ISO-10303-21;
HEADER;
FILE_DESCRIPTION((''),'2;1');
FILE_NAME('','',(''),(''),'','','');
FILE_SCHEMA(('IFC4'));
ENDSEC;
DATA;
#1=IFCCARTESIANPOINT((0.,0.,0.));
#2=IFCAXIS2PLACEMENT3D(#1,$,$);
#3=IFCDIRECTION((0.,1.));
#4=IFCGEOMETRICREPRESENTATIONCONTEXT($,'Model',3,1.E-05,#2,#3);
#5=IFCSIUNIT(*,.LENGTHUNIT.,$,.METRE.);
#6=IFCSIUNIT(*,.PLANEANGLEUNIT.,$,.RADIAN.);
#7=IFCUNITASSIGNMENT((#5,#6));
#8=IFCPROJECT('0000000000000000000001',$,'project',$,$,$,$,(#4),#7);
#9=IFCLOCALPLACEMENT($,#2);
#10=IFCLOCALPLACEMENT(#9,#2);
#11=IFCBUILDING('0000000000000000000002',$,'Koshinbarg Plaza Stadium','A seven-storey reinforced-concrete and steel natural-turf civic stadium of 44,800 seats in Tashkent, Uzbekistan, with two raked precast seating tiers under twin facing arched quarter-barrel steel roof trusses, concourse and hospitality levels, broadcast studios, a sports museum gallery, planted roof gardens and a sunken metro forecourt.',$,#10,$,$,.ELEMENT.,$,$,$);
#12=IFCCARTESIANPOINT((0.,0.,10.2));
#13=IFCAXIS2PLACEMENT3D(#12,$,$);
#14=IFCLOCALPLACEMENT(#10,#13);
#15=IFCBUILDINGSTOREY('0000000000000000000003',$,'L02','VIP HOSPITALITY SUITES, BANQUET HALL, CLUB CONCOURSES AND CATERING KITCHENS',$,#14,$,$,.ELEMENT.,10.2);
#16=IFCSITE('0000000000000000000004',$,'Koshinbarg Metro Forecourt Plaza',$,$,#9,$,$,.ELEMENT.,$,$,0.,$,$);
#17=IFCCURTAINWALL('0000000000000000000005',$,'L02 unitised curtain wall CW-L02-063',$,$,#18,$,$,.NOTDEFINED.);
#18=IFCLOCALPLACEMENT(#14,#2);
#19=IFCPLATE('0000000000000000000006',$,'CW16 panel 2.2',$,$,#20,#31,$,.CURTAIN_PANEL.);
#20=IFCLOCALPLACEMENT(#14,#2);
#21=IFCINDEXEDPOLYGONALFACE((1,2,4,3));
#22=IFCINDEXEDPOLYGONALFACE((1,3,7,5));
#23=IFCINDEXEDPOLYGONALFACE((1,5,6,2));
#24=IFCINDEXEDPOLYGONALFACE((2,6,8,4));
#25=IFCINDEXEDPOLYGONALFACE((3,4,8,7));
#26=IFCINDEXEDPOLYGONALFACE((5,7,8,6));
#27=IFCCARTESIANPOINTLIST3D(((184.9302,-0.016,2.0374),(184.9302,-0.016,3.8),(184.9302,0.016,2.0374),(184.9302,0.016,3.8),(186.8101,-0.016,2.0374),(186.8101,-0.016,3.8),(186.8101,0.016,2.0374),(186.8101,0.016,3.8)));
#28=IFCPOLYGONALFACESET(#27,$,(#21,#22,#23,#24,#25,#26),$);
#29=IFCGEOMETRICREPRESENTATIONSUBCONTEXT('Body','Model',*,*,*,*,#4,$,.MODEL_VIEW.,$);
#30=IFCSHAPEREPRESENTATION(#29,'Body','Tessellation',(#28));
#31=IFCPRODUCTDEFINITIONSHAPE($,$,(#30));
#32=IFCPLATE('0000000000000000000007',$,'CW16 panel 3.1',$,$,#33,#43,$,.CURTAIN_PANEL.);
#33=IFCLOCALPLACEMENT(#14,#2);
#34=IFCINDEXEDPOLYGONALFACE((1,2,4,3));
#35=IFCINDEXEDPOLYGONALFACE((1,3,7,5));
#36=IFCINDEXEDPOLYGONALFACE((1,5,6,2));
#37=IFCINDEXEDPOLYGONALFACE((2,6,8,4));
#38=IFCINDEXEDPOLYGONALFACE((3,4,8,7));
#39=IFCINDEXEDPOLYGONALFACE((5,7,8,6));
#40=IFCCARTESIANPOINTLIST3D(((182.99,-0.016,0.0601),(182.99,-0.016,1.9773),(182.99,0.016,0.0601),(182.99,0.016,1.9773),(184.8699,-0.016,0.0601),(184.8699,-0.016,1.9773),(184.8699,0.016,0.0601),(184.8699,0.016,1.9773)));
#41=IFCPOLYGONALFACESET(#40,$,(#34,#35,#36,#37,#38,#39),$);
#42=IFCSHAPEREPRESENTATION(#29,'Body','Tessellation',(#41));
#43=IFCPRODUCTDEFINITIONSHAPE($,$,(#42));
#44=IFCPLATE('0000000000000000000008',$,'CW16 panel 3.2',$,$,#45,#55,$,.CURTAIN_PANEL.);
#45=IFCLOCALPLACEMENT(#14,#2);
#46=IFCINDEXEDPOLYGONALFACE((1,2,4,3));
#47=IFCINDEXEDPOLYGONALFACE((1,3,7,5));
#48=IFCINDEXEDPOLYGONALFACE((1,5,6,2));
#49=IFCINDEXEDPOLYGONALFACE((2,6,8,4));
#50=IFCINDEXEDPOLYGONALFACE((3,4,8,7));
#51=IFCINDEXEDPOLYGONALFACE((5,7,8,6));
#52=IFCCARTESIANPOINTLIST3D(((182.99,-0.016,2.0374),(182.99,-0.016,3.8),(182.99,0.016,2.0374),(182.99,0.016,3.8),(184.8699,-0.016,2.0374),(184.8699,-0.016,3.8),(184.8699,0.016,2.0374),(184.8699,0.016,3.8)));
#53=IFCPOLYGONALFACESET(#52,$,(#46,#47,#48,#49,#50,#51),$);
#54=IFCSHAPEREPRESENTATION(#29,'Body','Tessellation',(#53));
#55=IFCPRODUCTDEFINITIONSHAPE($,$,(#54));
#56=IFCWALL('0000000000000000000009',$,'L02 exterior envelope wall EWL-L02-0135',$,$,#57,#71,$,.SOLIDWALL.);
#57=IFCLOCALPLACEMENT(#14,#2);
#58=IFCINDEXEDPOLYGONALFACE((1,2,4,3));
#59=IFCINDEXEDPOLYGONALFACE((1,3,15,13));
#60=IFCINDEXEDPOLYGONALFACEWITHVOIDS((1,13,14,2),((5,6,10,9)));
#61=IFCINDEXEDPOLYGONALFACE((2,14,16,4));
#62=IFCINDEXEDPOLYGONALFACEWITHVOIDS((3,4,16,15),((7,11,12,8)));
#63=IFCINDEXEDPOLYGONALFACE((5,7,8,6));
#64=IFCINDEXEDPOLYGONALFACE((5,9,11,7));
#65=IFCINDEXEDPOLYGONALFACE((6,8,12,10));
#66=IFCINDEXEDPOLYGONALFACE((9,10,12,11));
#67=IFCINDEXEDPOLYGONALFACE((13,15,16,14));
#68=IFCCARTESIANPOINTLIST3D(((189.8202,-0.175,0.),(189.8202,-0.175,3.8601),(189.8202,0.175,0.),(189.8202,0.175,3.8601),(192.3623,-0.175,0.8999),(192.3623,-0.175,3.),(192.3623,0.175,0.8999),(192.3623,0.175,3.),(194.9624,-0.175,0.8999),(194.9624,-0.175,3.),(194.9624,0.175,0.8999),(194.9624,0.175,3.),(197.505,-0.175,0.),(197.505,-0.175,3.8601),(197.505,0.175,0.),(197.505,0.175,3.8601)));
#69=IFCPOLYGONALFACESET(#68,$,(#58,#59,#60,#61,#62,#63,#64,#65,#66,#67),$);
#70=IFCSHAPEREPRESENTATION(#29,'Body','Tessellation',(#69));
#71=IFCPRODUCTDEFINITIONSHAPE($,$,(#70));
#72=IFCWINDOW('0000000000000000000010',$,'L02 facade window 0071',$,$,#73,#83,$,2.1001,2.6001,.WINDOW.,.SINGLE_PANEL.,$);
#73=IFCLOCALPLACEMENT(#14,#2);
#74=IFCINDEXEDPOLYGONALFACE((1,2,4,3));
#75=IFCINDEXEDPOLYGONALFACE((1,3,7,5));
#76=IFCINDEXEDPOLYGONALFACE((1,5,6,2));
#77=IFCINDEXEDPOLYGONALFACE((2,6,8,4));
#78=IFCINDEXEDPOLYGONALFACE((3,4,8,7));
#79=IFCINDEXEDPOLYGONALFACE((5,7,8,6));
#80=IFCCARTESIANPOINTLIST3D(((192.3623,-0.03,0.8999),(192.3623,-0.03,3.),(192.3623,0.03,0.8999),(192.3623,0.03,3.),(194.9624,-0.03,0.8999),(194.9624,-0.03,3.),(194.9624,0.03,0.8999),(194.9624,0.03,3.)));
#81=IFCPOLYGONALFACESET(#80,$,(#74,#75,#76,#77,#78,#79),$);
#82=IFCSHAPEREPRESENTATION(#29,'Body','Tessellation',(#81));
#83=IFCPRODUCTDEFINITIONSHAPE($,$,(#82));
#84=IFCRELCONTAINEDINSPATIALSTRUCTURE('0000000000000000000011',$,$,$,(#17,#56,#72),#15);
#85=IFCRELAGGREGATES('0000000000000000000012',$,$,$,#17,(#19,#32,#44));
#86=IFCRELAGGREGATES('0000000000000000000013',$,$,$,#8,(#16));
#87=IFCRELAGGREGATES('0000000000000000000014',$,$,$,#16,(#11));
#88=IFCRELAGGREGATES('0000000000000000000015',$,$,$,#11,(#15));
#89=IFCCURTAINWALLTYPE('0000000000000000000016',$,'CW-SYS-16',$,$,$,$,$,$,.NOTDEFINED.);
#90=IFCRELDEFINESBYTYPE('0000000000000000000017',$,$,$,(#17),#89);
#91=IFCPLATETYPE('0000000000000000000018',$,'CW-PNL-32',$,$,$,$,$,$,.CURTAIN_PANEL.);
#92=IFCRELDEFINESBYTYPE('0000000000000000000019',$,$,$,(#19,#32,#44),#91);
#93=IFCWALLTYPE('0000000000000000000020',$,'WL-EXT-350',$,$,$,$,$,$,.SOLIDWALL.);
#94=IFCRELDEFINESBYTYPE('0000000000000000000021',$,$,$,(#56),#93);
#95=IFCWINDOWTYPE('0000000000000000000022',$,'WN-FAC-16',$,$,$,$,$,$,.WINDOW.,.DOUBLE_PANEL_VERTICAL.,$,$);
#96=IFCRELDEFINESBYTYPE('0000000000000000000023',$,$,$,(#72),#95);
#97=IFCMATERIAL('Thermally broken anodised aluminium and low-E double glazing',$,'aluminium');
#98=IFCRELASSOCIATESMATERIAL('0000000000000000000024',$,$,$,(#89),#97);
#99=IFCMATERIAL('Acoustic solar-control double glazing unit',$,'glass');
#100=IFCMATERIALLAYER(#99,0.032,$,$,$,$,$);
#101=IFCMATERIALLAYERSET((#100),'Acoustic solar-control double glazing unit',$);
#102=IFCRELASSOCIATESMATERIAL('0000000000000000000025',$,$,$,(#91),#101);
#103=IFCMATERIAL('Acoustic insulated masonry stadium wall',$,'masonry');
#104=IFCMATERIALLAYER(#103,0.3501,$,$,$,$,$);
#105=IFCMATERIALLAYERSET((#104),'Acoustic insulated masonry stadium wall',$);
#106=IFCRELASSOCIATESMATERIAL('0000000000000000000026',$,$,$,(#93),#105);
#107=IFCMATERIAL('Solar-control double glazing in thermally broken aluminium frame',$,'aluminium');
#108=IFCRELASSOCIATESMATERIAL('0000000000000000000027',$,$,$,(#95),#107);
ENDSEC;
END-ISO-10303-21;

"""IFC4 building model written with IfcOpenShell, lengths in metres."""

from ifc_helpers import new_model, si_unit, direction, frame, frame_2d, origin, origin_2d, place, context, subcontext, project, spatial, rectangle, extrude, material, layer, layer_set, type_object, element, fill, aggregate, save


model = new_model("IFC4")

# Units and contexts
model_context = context("Model", 3, precision=1e-05, world=origin(), true_north=direction((0.0, 1.0)))
body_context = subcontext(model_context, "Body", "Model", "MODEL_VIEW")
ifc_project = project(units=[si_unit("LENGTHUNIT", "METRE"), si_unit("PLANEANGLEUNIT", "RADIAN")], contexts=[model_context])

# Site, building, storey
site_placement = place(None, origin())
site = spatial("IfcSite", under=ifc_project, at=site_placement, Name="Koshinbarg Metro Forecourt Plaza", CompositionType="ELEMENT", RefElevation=0.0)
building_placement = place(site_placement, origin())
building = spatial("IfcBuilding", under=site, at=building_placement, Name="Koshinbarg Plaza Stadium", Description="A seven-storey reinforced-concrete and steel natural-turf civic stadium of 44,800 seats in Tashkent, Uzbekistan, with two raked precast seating tiers under twin facing arched quarter-barrel steel roof trusses, concourse and hospitality levels, broadcast studios, a sports museum gallery, planted roof gardens and a sunken metro forecourt.", CompositionType="ELEMENT")
storey_placement = place(building_placement, frame((0.0, 0.0, 10.2)))
storey = spatial("IfcBuildingStorey", under=building, at=storey_placement, Name="L02", Description="VIP HOSPITALITY SUITES, BANQUET HALL, CLUB CONCOURSES AND CATERING KITCHENS", CompositionType="ELEMENT", Elevation=10.2)

# Curtain wall
ifc_material_1 = material(Name="Thermally broken anodised aluminium and low-E double glazing", Category="aluminium")
curtain_wall_type_1 = type_object("IfcCurtainWallType", Name="CW-SYS-16", PredefinedType="NOTDEFINED", material=ifc_material_1)
curtain_wall_1_placement = place(storey_placement, origin())
curtain_wall_1 = element("IfcCurtainWall", 1, at=curtain_wall_1_placement, inside=storey, type_object=curtain_wall_type_1, Name="L02 unitised curtain wall CW-L02-063", PredefinedType="NOTDEFINED")

# Plates
ifc_material_2 = material(Name="Acoustic solar-control double glazing unit", Category="glass")
ifc_layer_1 = layer(ifc_material_2, 0.032)
ifc_layer_set_1 = layer_set([ifc_layer_1], Name="Acoustic solar-control double glazing unit")
plate_type_1 = type_object("IfcPlateType", Name="CW-PNL-32", PredefinedType="CURTAIN_PANEL", material=ifc_layer_set_1)
plate_1_placement = place(storey_placement, frame((185.8701, 0.0, 2.0374), z_axis=(0.0, 0.0, 1.0), x_axis=(-1.0, 0.0, 0.0)))
plate_1 = element("IfcPlate", 2, at=plate_1_placement, type_object=plate_type_1, Name="CW16 panel 2.2", PredefinedType="CURTAIN_PANEL", context=body_context, shape_type="SweptSolid", body=[
    extrude(rectangle(XDim=1.8799, YDim=0.032, at=origin_2d()), origin(), (0.0, 0.0, 1.0), 1.7627),
])
plate_2_placement = place(storey_placement, frame((183.9299, 0.0, 0.0601), z_axis=(0.0, 0.0, 1.0), x_axis=(-1.0, 0.0, 0.0)))
plate_2 = element("IfcPlate", 3, at=plate_2_placement, type_object=plate_type_1, Name="CW16 panel 3.1", PredefinedType="CURTAIN_PANEL", context=body_context, shape_type="SweptSolid", body=[
    extrude(rectangle(XDim=1.8799, YDim=0.032, at=origin_2d()), origin(), (0.0, 0.0, 1.0), 1.9172),
])
plate_3_placement = place(storey_placement, frame((183.9299, 0.0, 2.0374), z_axis=(0.0, 0.0, 1.0), x_axis=(-1.0, 0.0, 0.0)))
plate_3 = element("IfcPlate", 4, at=plate_3_placement, type_object=plate_type_1, Name="CW16 panel 3.2", PredefinedType="CURTAIN_PANEL", context=body_context, shape_type="SweptSolid", body=[
    extrude(rectangle(XDim=1.8799, YDim=0.032, at=origin_2d()), origin(), (0.0, 0.0, 1.0), 1.7627),
])
aggregate(curtain_wall_1, [plate_1, plate_2, plate_3])

# Wall, opening, window
ifc_material_3 = material(Name="Acoustic insulated masonry stadium wall", Category="masonry")
ifc_layer_2 = layer(ifc_material_3, 0.3501)
ifc_layer_set_2 = layer_set([ifc_layer_2], Name="Acoustic insulated masonry stadium wall")
wall_type = type_object("IfcWallType", Name="WL-EXT-350", PredefinedType="SOLIDWALL", material=ifc_layer_set_2)
wall_placement = place(storey_placement, frame((197.5049, 0.0, 0.0), z_axis=(0.0, 0.0, 1.0), x_axis=(-1.0, 0.0, 0.0)))
wall = element("IfcWall", 5, at=wall_placement, inside=storey, type_object=wall_type, Name="L02 exterior envelope wall EWL-L02-0135", PredefinedType="SOLIDWALL", context=body_context, shape_type="SweptSolid", body=[
    extrude(rectangle(XDim=7.6848, YDim=0.3501, at=frame_2d((3.8423, 0.0))), origin(), (0.0, 0.0, 1.0), 3.8601),
])
opening_placement = place(wall_placement, frame((2.5425, 0.0, 0.8999)))
opening = element("IfcOpeningElement", 6, at=opening_placement, cuts=wall, PredefinedType="OPENING", context=body_context, shape_type="SweptSolid", body=[
    extrude(rectangle(XDim=2.6001, YDim=2.1001, at=frame_2d((1.3, 1.05))), frame((0.0, 0.1851, 0.0), z_axis=(0.0, -1.0, 0.0), x_axis=(1.0, 0.0, 0.0)), (0.0, 0.0, 1.0), 0.3701),
])
ifc_material_4 = material(Name="Solar-control double glazing in thermally broken aluminium frame", Category="aluminium")
window_type = type_object("IfcWindowType", Name="WN-FAC-16", PartitioningType="DOUBLE_PANEL_VERTICAL", PredefinedType="WINDOW", material=ifc_material_4)
window_placement = place(opening_placement, origin())
window = element("IfcWindow", 7, at=window_placement, inside=storey, type_object=window_type, Name="L02 facade window 0071", OverallHeight=2.1001, OverallWidth=2.6001, PartitioningType="SINGLE_PANEL", PredefinedType="WINDOW", context=body_context, shape_type="SweptSolid", body=[
    extrude(rectangle(XDim=2.6001, YDim=2.1001, at=frame_2d((1.3, 1.05))), frame((0.0, 0.03, 0.0), z_axis=(0.0, -1.0, 0.0), x_axis=(1.0, 0.0, 0.0)), (0.0, 0.0, 1.0), 0.0601),
])
fill(opening, window)

save(model, "model.ifc")
